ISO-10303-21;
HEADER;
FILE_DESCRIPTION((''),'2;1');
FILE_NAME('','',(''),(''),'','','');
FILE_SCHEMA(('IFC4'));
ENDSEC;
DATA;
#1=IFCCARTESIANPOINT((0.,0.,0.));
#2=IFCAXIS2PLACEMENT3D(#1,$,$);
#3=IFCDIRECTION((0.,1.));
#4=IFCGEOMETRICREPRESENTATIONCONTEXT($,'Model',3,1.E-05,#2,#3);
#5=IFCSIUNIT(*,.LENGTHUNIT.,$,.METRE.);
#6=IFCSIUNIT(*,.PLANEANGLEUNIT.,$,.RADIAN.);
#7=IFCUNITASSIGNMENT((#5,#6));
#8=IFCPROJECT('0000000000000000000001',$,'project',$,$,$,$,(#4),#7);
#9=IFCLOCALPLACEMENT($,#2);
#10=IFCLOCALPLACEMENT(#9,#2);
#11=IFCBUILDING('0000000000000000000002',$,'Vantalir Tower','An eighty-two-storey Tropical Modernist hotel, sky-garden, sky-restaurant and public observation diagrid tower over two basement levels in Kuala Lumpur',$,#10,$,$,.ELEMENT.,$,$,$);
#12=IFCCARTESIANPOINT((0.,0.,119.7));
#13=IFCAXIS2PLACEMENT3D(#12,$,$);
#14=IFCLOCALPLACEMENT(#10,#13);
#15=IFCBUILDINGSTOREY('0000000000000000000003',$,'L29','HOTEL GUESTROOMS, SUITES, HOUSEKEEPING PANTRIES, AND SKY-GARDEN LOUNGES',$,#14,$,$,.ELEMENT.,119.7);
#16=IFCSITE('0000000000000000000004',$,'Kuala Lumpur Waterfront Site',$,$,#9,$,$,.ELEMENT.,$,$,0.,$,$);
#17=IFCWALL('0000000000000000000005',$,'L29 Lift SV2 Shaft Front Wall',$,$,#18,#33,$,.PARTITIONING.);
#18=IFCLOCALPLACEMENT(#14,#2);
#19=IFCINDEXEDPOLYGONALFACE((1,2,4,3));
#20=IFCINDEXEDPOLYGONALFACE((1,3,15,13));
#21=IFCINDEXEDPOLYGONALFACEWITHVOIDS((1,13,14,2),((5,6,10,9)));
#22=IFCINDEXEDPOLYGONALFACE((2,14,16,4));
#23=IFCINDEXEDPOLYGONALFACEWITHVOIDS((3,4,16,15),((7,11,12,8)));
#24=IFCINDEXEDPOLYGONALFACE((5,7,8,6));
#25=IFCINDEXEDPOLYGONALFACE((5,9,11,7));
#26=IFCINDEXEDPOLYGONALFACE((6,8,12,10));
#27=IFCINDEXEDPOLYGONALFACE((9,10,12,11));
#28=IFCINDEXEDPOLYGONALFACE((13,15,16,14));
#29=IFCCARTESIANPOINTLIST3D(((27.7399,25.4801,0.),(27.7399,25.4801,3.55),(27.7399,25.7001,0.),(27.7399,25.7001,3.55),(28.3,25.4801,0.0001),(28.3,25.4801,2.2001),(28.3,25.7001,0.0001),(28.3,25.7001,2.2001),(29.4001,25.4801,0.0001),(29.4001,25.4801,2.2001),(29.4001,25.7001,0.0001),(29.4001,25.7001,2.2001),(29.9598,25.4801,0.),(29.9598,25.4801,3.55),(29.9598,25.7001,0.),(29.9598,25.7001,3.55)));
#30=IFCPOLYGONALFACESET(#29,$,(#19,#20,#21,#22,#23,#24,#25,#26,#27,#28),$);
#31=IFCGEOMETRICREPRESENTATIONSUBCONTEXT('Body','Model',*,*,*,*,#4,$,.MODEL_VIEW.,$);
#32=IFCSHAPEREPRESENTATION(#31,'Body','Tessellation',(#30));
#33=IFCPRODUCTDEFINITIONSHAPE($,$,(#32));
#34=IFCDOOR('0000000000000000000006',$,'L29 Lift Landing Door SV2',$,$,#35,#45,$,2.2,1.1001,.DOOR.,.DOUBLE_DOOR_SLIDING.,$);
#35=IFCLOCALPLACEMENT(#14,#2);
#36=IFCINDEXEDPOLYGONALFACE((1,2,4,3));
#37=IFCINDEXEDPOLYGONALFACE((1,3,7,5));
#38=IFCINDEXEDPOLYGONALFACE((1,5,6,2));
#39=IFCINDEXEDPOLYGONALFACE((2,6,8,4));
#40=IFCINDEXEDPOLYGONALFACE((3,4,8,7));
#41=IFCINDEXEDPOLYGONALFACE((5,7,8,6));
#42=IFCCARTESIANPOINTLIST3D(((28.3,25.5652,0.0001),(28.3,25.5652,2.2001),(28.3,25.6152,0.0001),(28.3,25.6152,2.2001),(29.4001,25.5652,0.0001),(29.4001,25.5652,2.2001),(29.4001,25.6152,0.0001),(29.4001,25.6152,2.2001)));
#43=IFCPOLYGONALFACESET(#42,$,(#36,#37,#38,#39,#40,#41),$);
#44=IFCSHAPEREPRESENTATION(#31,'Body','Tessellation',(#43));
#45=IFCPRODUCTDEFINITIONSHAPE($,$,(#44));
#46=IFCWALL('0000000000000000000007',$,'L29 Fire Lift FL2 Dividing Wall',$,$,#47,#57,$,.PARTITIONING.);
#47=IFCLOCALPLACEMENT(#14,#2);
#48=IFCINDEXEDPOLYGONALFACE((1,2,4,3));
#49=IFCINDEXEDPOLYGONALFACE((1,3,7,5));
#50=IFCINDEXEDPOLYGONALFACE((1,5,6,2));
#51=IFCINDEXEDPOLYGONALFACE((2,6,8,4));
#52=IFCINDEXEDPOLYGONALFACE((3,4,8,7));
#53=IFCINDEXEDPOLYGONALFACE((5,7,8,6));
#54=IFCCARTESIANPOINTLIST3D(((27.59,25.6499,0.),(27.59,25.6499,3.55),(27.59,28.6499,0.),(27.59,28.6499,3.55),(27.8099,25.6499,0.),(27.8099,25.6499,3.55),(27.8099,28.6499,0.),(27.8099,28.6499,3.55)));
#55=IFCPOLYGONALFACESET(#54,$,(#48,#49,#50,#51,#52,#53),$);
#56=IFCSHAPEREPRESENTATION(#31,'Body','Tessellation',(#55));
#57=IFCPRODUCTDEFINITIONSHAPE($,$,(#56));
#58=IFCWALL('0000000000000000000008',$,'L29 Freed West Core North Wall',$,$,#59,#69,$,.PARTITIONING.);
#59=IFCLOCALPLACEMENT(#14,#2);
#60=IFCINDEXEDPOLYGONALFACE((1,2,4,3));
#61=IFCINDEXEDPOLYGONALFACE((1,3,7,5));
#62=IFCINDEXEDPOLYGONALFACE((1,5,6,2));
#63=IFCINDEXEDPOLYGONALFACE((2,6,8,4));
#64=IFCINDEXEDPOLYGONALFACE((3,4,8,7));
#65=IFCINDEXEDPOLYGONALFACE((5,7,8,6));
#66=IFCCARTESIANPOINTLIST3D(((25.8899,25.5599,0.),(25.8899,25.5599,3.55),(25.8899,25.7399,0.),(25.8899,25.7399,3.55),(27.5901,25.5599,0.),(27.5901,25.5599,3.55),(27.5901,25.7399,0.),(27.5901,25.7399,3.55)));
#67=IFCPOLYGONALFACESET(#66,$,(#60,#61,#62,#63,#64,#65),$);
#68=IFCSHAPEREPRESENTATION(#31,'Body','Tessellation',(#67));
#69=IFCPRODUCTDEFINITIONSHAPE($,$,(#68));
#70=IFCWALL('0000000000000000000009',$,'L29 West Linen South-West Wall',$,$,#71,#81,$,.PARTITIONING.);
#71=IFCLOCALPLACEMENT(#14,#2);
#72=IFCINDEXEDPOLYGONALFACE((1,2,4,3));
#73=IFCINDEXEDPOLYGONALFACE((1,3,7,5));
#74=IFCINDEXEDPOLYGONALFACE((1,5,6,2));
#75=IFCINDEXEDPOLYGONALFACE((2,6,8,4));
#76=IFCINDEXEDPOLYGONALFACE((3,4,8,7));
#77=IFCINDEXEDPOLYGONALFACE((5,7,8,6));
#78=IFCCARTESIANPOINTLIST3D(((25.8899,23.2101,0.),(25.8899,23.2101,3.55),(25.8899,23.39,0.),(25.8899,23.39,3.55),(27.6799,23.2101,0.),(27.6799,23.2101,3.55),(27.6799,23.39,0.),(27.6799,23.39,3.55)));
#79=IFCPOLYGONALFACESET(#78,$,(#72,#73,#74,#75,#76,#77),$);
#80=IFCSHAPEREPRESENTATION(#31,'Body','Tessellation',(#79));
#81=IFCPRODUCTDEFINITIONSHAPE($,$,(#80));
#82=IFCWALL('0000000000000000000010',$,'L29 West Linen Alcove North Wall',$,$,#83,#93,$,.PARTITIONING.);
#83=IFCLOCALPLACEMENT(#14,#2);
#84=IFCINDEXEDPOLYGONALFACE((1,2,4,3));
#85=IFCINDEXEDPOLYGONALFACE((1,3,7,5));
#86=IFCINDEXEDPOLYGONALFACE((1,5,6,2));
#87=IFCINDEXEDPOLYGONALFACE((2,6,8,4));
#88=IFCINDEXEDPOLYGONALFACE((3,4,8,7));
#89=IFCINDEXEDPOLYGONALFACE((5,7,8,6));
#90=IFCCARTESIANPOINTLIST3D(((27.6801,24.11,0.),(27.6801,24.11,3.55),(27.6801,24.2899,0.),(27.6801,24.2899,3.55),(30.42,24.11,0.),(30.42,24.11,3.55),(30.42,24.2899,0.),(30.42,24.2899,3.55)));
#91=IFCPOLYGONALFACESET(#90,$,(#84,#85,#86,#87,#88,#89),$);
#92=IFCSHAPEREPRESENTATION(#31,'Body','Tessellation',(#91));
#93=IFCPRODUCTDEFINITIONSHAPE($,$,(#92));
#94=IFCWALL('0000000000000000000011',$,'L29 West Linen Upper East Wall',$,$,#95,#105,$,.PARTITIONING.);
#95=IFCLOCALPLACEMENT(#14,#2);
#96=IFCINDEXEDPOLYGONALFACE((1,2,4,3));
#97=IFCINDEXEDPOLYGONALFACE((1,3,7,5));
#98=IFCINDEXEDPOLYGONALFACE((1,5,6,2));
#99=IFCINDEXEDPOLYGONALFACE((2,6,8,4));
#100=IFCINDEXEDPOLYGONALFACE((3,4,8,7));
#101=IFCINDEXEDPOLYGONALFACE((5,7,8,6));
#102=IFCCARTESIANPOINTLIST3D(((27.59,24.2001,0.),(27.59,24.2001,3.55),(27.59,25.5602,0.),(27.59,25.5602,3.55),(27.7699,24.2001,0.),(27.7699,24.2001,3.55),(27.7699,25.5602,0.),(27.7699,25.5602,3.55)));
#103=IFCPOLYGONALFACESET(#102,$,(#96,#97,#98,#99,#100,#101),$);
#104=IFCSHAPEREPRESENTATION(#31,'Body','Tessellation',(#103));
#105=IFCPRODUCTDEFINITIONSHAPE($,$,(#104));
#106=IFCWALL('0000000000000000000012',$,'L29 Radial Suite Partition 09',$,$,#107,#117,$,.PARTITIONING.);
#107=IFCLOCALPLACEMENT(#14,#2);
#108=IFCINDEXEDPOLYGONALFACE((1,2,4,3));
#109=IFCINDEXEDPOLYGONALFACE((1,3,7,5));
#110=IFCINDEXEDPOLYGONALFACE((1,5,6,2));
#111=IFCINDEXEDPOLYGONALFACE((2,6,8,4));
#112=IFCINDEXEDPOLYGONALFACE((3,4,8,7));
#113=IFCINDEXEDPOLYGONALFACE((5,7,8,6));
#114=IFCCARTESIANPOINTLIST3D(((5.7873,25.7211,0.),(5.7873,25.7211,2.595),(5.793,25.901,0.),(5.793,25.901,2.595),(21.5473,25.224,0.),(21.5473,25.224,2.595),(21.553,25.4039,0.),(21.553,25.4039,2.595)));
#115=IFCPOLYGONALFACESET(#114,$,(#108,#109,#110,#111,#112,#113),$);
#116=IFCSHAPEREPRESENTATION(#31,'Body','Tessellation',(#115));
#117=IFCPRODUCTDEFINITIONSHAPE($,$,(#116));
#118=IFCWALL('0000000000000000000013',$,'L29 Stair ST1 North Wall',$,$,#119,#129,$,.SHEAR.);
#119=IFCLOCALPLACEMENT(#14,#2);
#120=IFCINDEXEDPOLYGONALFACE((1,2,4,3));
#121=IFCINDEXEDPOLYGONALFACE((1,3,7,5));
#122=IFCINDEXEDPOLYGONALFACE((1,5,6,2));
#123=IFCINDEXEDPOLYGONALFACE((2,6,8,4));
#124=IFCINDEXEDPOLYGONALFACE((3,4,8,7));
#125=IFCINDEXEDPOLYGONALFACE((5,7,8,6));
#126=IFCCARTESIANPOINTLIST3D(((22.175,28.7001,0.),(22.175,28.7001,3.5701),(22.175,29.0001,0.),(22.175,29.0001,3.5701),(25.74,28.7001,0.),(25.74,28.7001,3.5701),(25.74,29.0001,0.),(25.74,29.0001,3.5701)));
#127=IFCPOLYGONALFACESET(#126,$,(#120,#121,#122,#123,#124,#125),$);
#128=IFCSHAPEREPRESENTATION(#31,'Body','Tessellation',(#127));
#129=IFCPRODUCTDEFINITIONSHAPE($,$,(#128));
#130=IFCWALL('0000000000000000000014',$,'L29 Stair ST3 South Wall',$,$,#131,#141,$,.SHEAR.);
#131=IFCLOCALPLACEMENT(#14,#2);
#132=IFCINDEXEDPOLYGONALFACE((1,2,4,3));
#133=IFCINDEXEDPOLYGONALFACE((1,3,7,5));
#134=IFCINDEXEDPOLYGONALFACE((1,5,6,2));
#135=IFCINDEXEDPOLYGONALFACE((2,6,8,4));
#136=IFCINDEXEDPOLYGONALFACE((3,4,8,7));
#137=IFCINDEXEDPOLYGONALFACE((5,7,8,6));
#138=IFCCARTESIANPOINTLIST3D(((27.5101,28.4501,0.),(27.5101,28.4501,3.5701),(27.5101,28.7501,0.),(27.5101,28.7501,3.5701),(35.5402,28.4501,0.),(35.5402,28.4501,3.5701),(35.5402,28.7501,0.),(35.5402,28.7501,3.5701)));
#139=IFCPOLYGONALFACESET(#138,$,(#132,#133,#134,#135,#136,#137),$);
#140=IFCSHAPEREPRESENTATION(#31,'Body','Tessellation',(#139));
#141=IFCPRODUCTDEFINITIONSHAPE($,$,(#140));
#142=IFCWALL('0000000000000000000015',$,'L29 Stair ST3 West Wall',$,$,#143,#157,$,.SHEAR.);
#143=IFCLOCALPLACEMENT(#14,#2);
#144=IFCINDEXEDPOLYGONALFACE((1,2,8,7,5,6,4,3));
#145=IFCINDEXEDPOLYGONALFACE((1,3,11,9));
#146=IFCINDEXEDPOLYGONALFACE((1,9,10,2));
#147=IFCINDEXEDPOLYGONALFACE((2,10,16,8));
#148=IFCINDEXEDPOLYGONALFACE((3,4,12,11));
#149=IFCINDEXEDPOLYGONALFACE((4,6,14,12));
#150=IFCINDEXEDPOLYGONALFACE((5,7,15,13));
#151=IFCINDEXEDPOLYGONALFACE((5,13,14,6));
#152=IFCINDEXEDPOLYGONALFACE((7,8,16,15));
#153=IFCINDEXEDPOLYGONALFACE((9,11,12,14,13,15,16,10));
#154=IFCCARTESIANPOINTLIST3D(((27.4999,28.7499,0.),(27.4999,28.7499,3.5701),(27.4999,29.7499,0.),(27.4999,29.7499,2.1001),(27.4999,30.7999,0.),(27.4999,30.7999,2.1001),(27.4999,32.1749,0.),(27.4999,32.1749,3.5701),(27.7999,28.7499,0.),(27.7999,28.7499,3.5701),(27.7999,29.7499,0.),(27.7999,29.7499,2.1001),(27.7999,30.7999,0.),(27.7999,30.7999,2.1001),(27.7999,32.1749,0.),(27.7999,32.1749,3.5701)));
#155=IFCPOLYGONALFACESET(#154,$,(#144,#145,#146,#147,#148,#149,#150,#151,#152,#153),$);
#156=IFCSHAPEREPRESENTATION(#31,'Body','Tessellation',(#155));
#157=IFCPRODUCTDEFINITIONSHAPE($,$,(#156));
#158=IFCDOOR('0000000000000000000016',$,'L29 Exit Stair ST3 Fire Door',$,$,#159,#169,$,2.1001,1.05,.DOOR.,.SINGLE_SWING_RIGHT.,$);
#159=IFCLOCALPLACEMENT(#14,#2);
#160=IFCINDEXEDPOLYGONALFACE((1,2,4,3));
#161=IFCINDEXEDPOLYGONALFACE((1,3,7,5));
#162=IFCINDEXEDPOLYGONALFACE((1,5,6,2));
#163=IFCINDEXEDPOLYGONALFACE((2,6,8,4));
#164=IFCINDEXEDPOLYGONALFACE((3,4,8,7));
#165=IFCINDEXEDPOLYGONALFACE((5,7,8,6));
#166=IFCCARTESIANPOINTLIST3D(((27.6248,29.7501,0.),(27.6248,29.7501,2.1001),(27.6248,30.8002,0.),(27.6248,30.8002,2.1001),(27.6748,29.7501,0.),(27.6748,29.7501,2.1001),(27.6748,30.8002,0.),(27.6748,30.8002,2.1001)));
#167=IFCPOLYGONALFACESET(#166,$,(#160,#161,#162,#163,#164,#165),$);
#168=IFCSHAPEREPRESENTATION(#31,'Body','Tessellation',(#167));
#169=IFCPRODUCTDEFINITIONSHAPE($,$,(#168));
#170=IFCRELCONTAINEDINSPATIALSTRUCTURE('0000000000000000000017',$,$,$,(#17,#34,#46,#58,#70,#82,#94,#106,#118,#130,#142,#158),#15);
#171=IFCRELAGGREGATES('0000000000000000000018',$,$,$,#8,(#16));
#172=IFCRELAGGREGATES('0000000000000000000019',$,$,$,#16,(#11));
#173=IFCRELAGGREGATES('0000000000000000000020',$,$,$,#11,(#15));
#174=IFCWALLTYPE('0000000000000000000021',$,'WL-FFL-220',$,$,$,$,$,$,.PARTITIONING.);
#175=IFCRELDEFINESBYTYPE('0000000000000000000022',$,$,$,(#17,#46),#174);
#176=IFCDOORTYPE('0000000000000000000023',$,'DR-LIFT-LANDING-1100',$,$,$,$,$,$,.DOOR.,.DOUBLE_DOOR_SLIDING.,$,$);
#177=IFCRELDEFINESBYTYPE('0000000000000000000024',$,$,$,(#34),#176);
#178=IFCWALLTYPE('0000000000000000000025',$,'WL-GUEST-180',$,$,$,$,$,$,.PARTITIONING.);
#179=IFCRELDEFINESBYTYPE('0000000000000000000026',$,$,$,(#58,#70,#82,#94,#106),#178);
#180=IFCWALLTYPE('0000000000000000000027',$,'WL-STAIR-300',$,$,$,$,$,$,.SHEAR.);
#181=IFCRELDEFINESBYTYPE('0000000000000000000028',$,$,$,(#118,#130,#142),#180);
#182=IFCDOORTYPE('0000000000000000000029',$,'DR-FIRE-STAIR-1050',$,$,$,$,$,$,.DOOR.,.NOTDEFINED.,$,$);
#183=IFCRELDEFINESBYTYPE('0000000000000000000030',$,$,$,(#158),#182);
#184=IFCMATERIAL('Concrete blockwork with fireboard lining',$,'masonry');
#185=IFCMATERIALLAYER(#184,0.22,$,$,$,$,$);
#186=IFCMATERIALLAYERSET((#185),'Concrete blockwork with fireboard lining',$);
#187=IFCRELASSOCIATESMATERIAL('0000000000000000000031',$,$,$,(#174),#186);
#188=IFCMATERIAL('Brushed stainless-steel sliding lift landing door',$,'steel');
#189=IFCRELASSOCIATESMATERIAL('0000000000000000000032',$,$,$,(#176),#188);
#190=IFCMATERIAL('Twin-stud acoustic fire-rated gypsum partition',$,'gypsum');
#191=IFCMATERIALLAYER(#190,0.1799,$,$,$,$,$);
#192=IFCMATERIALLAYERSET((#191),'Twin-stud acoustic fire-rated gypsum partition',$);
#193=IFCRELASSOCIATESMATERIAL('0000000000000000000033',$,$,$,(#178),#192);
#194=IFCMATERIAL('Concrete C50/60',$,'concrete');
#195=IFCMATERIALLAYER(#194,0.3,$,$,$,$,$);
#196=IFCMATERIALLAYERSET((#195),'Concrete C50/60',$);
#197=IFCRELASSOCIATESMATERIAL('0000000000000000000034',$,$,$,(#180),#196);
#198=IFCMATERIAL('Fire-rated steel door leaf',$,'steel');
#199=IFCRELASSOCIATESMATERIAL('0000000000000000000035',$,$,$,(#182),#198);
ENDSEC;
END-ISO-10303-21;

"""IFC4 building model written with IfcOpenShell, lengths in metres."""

from ifc_helpers import new_model, si_unit, direction, frame, frame_2d, origin, place, context, subcontext, project, spatial, rectangle, extrude, material, layer, layer_set, type_object, element, fill, save


model = new_model("IFC4")

# Units and contexts
model_context = context("Model", 3, precision=1e-05, world=origin(), true_north=direction((0.0, 1.0)))
body_context = subcontext(model_context, "Body", "Model", "MODEL_VIEW")
ifc_project = project(units=[si_unit("LENGTHUNIT", "METRE"), si_unit("PLANEANGLEUNIT", "RADIAN")], contexts=[model_context])

# Site, building, storey
site_placement = place(None, origin())
site = spatial("IfcSite", under=ifc_project, at=site_placement, Name="Kuala Lumpur Waterfront Site", CompositionType="ELEMENT", RefElevation=0.0)
building_placement = place(site_placement, origin())
building = spatial("IfcBuilding", under=site, at=building_placement, Name="Vantalir Tower", Description="An eighty-two-storey Tropical Modernist hotel, sky-garden, sky-restaurant and public observation diagrid tower over two basement levels in Kuala Lumpur", CompositionType="ELEMENT")
storey_placement = place(building_placement, frame((0.0, 0.0, 119.7)))
storey = spatial("IfcBuildingStorey", under=building, at=storey_placement, Name="L29", Description="HOTEL GUESTROOMS, SUITES, HOUSEKEEPING PANTRIES, AND SKY-GARDEN LOUNGES", CompositionType="ELEMENT", Elevation=119.7)

# Wall, opening, door
ifc_material_1 = material(Name="Concrete blockwork with fireboard lining", Category="masonry")
ifc_layer_1 = layer(ifc_material_1, 0.22)
ifc_layer_set_1 = layer_set([ifc_layer_1], Name="Concrete blockwork with fireboard lining")
wall_type_1 = type_object("IfcWallType", Name="WL-FFL-220", PredefinedType="PARTITIONING", material=ifc_layer_set_1)
ifc_material_2 = material(Name="Brushed stainless-steel sliding lift landing door", Category="steel")
door_type_1 = type_object("IfcDoorType", Name="DR-LIFT-LANDING-1100", OperationType="DOUBLE_DOOR_SLIDING", PredefinedType="DOOR", material=ifc_material_2)
wall_1_placement = place(storey_placement, frame((27.74, 25.5901, 0.0), z_axis=(0.0, 0.0, 1.0), x_axis=(1.0, 0.0, 0.0)))
wall_1 = element("IfcWall", 1, at=wall_1_placement, inside=storey, type_object=wall_type_1, Name="L29 Lift SV2 Shaft Front Wall", PredefinedType="PARTITIONING", context=body_context, shape_type="SweptSolid", body=[
    extrude(rectangle(XDim=2.22, YDim=0.22, at=frame_2d((1.1099, 0.0))), origin(), (0.0, 0.0, 1.0), 3.55),
])
opening_1_placement = place(wall_1_placement, frame((0.5601, 0.0, 0.0)))
opening_1 = element("IfcOpeningElement", 2, at=opening_1_placement, cuts=wall_1, PredefinedType="OPENING", context=body_context, shape_type="SweptSolid", body=[
    extrude(rectangle(XDim=1.1001, YDim=2.2, at=frame_2d((0.55, 1.1001))), frame((0.0, 0.1199, 0.0), z_axis=(0.0, -1.0, 0.0), x_axis=(1.0, 0.0, 0.0)), (0.0, 0.0, 1.0), 0.24),
])
door_1_placement = place(opening_1_placement, frame((1.1001, 0.0, 0.0), z_axis=(0.0, 0.0, 1.0), x_axis=(-1.0, 0.0, 0.0)))
door_1 = element("IfcDoor", 3, at=door_1_placement, inside=storey, type_object=door_type_1, Name="L29 Lift Landing Door SV2", OperationType="DOUBLE_DOOR_SLIDING", OverallHeight=2.2, OverallWidth=1.1001, PredefinedType="DOOR", context=body_context, shape_type="SweptSolid", body=[
    extrude(rectangle(XDim=1.1001, YDim=2.2, at=frame_2d((0.55, 1.1001))), frame((0.0, 0.0249, 0.0), z_axis=(0.0, -1.0, 0.0), x_axis=(1.0, 0.0, 0.0)), (0.0, 0.0, 1.0), 0.05),
])
fill(opening_1, door_1)

# Walls
wall_2_placement = place(storey_placement, frame((27.7, 25.6499, 0.0), z_axis=(0.0, 0.0, 1.0), x_axis=(0.0, 1.0, 0.0)))
element("IfcWall", 4, at=wall_2_placement, inside=storey, type_object=wall_type_1, Name="L29 Fire Lift FL2 Dividing Wall", PredefinedType="PARTITIONING", context=body_context, shape_type="SweptSolid", body=[
    extrude(rectangle(XDim=3.0, YDim=0.22, at=frame_2d((1.5, 0.0))), origin(), (0.0, 0.0, 1.0), 3.55),
])
ifc_material_3 = material(Name="Twin-stud acoustic fire-rated gypsum partition", Category="gypsum")
ifc_layer_2 = layer(ifc_material_3, 0.1799)
ifc_layer_set_2 = layer_set([ifc_layer_2], Name="Twin-stud acoustic fire-rated gypsum partition")
wall_type_2 = type_object("IfcWallType", Name="WL-GUEST-180", PredefinedType="PARTITIONING", material=ifc_layer_set_2)
wall_3_placement = place(storey_placement, frame((25.8899, 25.6499, 0.0), z_axis=(0.0, 0.0, 1.0), x_axis=(1.0, 0.0, 0.0)))
element("IfcWall", 5, at=wall_3_placement, inside=storey, type_object=wall_type_2, Name="L29 Freed West Core North Wall", PredefinedType="PARTITIONING", context=body_context, shape_type="SweptSolid", body=[
    extrude(rectangle(XDim=1.7002, YDim=0.1799, at=frame_2d((0.8501, 0.0))), origin(), (0.0, 0.0, 1.0), 3.55),
])
wall_4_placement = place(storey_placement, frame((25.8899, 23.3, 0.0), z_axis=(0.0, 0.0, 1.0), x_axis=(1.0, 0.0, 0.0)))
element("IfcWall", 6, at=wall_4_placement, inside=storey, type_object=wall_type_2, Name="L29 West Linen South-West Wall", PredefinedType="PARTITIONING", context=body_context, shape_type="SweptSolid", body=[
    extrude(rectangle(XDim=1.79, YDim=0.1799, at=frame_2d((0.895, 0.0))), origin(), (0.0, 0.0, 1.0), 3.55),
])
wall_5_placement = place(storey_placement, frame((27.6799, 24.2, 0.0), z_axis=(0.0, 0.0, 1.0), x_axis=(1.0, 0.0, 0.0)))
element("IfcWall", 7, at=wall_5_placement, inside=storey, type_object=wall_type_2, Name="L29 West Linen Alcove North Wall", PredefinedType="PARTITIONING", context=body_context, shape_type="SweptSolid", body=[
    extrude(rectangle(XDim=2.74, YDim=0.1799, at=frame_2d((1.3701, 0.0))), origin(), (0.0, 0.0, 1.0), 3.55),
])
wall_6_placement = place(storey_placement, frame((27.6799, 24.2, 0.0), z_axis=(0.0, 0.0, 1.0), x_axis=(0.0, 1.0, 0.0)))
element("IfcWall", 8, at=wall_6_placement, inside=storey, type_object=wall_type_2, Name="L29 West Linen Upper East Wall", PredefinedType="PARTITIONING", context=body_context, shape_type="SweptSolid", body=[
    extrude(rectangle(XDim=1.3601, YDim=0.1799, at=frame_2d((0.6802, 0.0))), origin(), (0.0, 0.0, 1.0), 3.55),
])
wall_7_placement = place(storey_placement, frame((21.55, 25.314, 0.0), z_axis=(0.0, 0.0, 1.0), x_axis=(-0.999503, 0.031524, 0.0)))
element("IfcWall", 9, at=wall_7_placement, inside=storey, type_object=wall_type_2, Name="L29 Radial Suite Partition 09", PredefinedType="PARTITIONING", context=body_context, shape_type="SweptSolid", body=[
    extrude(rectangle(XDim=15.7678, YDim=0.1799, at=frame_2d((7.8838, 0.0))), origin(), (0.0, 0.0, 1.0), 2.595),
])
ifc_material_4 = material(Name="Concrete C50/60", Category="concrete")
ifc_layer_3 = layer(ifc_material_4, 0.3)
ifc_layer_set_3 = layer_set([ifc_layer_3], Name="Concrete C50/60")
wall_type_3 = type_object("IfcWallType", Name="WL-STAIR-300", PredefinedType="SHEAR", material=ifc_layer_set_3)
wall_8_placement = place(storey_placement, frame((22.175, 28.8501, 0.0), z_axis=(0.0, 0.0, 1.0), x_axis=(1.0, 0.0, 0.0)))
element("IfcWall", 10, at=wall_8_placement, inside=storey, type_object=wall_type_3, Name="L29 Stair ST1 North Wall", PredefinedType="SHEAR", context=body_context, shape_type="SweptSolid", body=[
    extrude(rectangle(XDim=3.5649, YDim=0.3, at=frame_2d((1.7825, 0.0))), origin(), (0.0, 0.0, 1.0), 3.5701),
])
wall_9_placement = place(storey_placement, frame((27.51, 28.6001, 0.0), z_axis=(0.0, 0.0, 1.0), x_axis=(1.0, 0.0, 0.0)))
element("IfcWall", 11, at=wall_9_placement, inside=storey, type_object=wall_type_3, Name="L29 Stair ST3 South Wall", PredefinedType="SHEAR", context=body_context, shape_type="SweptSolid", body=[
    extrude(rectangle(XDim=8.03, YDim=0.3, at=frame_2d((4.0151, 0.0))), origin(), (0.0, 0.0, 1.0), 3.5701),
])

# Wall, opening, door
wall_10_placement = place(storey_placement, frame((27.6499, 28.75, 0.0), z_axis=(0.0, 0.0, 1.0), x_axis=(0.0, 1.0, 0.0)))
wall_10 = element("IfcWall", 12, at=wall_10_placement, inside=storey, type_object=wall_type_3, Name="L29 Stair ST3 West Wall", PredefinedType="SHEAR", context=body_context, shape_type="SweptSolid", body=[
    extrude(rectangle(XDim=3.425, YDim=0.3, at=frame_2d((1.7124, 0.0))), origin(), (0.0, 0.0, 1.0), 3.5701),
])
opening_2_placement = place(wall_10_placement, frame((1.0, 0.0, 0.0)))
opening_2 = element("IfcOpeningElement", 13, at=opening_2_placement, cuts=wall_10, PredefinedType="OPENING", context=body_context, shape_type="SweptSolid", body=[
    extrude(rectangle(XDim=1.05, YDim=2.1001, at=frame_2d((0.5249, 1.05))), frame((0.0, 0.1599, 0.0), z_axis=(0.0, -1.0, 0.0), x_axis=(1.0, 0.0, 0.0)), (0.0, 0.0, 1.0), 0.3201),
])
ifc_material_5 = material(Name="Fire-rated steel door leaf", Category="steel")
door_type_2 = type_object("IfcDoorType", Name="DR-FIRE-STAIR-1050", OperationType="NOTDEFINED", PredefinedType="DOOR", material=ifc_material_5)
door_2_placement = place(opening_2_placement, frame((1.05, 0.0, 0.0), z_axis=(0.0, 0.0, 1.0), x_axis=(-1.0, 0.0, 0.0)))
door_2 = element("IfcDoor", 14, at=door_2_placement, inside=storey, type_object=door_type_2, Name="L29 Exit Stair ST3 Fire Door", OperationType="SINGLE_SWING_RIGHT", OverallHeight=2.1001, OverallWidth=1.05, PredefinedType="DOOR", context=body_context, shape_type="SweptSolid", body=[
    extrude(rectangle(XDim=1.05, YDim=2.1001, at=frame_2d((0.5249, 1.05))), frame((0.0, 0.0249, 0.0), z_axis=(0.0, -1.0, 0.0), x_axis=(1.0, 0.0, 0.0)), (0.0, 0.0, 1.0), 0.05),
])
fill(opening_2, door_2)

save(model, "model.ifc")
